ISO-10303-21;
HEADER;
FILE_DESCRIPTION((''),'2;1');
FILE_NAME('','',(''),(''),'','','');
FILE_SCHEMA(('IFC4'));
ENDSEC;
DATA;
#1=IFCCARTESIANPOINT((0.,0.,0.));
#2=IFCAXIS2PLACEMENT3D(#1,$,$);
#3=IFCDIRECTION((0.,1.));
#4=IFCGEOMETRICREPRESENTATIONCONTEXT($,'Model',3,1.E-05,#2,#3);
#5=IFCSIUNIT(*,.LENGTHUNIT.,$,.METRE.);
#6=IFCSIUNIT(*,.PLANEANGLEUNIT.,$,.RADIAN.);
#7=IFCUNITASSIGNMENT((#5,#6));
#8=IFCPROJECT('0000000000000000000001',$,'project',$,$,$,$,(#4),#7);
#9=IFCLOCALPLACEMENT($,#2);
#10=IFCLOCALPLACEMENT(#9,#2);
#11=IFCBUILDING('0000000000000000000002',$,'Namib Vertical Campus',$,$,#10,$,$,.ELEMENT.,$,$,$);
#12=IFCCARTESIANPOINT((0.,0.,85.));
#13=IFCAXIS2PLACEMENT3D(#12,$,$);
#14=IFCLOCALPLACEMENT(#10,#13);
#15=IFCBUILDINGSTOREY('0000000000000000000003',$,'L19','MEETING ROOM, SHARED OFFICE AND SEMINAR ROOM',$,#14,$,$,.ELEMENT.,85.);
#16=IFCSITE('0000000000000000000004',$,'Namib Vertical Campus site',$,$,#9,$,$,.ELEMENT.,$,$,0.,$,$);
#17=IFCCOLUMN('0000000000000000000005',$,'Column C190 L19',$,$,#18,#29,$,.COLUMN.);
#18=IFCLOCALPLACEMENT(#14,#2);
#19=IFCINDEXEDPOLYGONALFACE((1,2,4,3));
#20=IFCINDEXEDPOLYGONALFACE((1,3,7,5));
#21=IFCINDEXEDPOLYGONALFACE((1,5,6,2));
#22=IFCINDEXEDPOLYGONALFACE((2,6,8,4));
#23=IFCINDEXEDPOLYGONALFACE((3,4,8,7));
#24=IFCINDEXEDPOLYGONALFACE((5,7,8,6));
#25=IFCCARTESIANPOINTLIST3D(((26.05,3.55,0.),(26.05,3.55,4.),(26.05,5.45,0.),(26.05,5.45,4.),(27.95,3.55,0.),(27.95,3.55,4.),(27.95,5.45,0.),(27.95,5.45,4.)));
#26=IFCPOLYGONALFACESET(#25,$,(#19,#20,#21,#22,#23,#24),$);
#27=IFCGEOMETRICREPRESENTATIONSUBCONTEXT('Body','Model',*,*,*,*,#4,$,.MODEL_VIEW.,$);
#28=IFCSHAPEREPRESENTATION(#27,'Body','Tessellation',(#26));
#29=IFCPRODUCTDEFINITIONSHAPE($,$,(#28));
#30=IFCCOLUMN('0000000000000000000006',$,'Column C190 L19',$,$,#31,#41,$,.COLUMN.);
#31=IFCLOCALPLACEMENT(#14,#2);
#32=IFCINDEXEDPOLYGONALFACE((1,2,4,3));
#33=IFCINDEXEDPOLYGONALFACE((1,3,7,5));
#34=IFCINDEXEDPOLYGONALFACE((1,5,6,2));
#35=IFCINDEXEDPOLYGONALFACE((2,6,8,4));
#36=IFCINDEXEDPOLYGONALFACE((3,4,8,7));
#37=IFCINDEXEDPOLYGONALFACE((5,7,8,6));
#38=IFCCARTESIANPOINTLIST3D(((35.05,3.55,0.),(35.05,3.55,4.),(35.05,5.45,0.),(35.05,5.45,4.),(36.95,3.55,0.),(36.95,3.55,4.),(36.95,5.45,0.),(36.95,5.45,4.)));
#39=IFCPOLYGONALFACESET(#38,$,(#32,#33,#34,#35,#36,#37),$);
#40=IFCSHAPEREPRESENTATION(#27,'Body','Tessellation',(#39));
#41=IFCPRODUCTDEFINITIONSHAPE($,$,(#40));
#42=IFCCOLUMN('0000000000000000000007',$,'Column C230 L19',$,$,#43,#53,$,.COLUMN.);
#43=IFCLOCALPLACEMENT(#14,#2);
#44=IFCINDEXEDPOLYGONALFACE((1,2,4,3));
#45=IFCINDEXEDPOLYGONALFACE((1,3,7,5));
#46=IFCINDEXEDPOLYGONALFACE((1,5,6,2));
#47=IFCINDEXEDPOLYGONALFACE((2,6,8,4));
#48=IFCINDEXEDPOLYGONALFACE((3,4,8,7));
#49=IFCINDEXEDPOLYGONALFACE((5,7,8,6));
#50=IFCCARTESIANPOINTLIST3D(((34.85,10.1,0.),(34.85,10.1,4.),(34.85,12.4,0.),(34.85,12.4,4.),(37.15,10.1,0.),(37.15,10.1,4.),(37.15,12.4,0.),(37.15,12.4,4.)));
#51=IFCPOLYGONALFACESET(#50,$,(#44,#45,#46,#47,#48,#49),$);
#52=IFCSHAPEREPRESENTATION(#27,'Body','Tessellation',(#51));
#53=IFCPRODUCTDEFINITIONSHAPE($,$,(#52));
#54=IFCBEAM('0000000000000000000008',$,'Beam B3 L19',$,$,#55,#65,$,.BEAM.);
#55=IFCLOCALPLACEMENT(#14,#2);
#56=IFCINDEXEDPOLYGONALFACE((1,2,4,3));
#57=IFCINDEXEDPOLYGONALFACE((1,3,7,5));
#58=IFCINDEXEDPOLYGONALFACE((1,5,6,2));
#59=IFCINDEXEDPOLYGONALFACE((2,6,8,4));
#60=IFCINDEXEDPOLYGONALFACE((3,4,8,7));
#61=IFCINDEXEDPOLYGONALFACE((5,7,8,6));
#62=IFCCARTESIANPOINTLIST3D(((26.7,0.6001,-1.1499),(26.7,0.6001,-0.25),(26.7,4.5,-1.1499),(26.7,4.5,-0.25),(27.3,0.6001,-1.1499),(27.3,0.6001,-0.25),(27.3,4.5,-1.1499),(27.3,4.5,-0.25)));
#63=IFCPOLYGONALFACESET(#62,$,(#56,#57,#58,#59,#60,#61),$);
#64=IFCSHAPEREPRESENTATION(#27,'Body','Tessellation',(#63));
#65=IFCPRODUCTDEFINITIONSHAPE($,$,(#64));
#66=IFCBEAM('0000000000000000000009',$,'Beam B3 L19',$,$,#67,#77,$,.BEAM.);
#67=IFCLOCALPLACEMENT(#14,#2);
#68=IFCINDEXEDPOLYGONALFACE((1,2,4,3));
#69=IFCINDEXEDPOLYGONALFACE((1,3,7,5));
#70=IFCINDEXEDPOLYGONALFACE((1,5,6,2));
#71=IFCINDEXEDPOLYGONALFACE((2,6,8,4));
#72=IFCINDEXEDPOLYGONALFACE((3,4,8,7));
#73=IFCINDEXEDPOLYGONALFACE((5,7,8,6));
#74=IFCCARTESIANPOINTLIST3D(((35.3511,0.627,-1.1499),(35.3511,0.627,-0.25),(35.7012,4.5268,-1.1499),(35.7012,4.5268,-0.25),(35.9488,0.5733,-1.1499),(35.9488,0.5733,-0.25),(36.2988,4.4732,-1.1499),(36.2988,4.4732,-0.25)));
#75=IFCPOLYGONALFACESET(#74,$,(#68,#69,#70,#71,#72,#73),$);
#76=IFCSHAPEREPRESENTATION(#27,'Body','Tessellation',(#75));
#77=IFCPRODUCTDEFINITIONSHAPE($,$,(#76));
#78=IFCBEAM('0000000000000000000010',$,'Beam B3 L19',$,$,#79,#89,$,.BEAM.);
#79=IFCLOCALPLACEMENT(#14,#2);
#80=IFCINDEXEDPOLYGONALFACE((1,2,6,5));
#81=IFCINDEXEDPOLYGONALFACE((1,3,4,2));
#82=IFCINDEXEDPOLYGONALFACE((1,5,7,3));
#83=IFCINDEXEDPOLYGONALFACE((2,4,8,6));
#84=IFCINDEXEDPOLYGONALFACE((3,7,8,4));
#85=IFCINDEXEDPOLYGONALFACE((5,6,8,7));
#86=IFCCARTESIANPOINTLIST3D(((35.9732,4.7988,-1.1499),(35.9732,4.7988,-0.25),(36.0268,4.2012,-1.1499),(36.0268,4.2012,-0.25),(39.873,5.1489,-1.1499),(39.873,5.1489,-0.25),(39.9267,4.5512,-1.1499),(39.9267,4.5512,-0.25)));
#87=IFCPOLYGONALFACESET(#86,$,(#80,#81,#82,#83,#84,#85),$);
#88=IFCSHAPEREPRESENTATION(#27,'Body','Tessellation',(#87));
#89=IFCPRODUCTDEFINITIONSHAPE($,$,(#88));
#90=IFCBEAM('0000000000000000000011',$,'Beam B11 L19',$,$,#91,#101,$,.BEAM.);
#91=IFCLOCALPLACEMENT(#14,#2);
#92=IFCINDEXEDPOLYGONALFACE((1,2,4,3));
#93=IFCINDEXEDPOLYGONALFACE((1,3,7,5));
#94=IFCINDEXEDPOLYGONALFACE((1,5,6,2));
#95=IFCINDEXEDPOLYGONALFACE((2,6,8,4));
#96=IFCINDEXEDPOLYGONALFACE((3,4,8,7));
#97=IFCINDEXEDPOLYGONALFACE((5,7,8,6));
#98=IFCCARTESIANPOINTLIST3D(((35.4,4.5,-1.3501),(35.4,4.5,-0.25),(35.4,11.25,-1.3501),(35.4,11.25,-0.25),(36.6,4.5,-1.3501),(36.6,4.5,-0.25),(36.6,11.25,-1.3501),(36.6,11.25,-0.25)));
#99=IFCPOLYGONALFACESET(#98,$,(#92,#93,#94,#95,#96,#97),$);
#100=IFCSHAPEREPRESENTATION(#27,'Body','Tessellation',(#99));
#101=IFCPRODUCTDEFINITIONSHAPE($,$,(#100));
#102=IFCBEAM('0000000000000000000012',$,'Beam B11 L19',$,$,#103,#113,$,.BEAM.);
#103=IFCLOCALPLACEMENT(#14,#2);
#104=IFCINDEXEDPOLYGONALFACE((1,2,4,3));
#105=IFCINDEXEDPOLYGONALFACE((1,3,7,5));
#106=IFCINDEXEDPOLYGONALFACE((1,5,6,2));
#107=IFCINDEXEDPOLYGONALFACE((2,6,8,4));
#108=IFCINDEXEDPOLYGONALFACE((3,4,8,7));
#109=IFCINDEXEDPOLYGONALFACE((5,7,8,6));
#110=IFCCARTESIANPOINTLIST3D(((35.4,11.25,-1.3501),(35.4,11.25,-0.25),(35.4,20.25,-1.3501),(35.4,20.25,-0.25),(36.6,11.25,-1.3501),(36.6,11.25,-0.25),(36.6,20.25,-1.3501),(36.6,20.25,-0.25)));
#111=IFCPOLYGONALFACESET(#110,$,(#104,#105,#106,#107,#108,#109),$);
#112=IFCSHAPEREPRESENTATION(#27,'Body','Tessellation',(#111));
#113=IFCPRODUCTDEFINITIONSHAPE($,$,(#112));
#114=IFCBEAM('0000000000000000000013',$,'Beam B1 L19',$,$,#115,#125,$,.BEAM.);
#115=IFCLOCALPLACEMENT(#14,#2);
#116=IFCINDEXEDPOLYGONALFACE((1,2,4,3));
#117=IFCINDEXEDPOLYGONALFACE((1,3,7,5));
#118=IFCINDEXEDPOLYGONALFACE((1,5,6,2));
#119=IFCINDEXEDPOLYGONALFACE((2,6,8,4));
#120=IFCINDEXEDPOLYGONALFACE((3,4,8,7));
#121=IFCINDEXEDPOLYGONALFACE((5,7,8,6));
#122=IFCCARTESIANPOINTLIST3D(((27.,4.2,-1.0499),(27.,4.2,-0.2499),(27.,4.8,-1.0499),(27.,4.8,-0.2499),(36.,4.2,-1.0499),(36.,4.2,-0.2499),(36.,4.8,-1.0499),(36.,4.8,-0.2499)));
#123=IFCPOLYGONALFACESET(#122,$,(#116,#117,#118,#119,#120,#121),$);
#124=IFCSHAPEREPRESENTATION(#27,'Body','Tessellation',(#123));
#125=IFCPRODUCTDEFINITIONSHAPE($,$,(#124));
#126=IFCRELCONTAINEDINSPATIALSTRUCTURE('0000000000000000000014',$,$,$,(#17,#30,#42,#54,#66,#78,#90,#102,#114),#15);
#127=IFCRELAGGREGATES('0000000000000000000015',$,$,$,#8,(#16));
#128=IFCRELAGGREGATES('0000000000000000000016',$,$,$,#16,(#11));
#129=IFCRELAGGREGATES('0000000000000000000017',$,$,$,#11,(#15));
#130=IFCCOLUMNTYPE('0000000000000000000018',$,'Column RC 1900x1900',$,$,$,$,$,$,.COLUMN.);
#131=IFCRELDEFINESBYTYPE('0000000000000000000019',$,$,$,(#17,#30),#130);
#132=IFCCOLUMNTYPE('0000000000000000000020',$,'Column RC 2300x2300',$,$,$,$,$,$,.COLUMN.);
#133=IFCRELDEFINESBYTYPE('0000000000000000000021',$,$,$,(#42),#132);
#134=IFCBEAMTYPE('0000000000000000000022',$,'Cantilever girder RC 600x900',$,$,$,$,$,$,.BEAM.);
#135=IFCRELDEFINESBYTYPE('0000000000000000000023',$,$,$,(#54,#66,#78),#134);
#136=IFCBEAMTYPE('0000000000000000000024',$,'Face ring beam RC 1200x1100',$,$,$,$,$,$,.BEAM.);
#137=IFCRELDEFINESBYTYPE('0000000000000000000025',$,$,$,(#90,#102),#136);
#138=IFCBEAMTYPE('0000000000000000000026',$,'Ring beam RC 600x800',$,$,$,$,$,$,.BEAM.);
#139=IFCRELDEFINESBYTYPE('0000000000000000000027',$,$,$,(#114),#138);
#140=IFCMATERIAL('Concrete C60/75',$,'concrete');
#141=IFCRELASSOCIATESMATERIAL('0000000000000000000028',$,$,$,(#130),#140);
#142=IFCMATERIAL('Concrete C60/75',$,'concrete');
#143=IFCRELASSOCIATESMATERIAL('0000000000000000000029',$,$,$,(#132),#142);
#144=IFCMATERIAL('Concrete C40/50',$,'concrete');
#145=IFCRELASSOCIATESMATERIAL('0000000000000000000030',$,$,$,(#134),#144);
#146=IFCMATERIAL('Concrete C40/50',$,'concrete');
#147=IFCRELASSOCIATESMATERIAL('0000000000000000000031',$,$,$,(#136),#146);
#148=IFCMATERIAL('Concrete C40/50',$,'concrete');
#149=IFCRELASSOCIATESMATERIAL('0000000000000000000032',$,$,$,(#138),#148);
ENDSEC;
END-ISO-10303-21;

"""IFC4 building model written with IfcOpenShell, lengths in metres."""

from ifc_helpers import new_model, si_unit, direction, frame, origin, origin_2d, place, context, subcontext, project, spatial, rectangle, extrude, material, material_profile, profile_set, type_object, element, save


model = new_model("IFC4")

# Units and contexts
model_context = context("Model", 3, precision=1e-05, world=origin(), true_north=direction((0.0, 1.0)))
body_context = subcontext(model_context, "Body", "Model", "MODEL_VIEW")
ifc_project = project(units=[si_unit("LENGTHUNIT", "METRE"), si_unit("PLANEANGLEUNIT", "RADIAN")], contexts=[model_context])

# Site, building, storey
site_placement = place(None, origin())
site = spatial("IfcSite", under=ifc_project, at=site_placement, Name="Namib Vertical Campus site", CompositionType="ELEMENT", RefElevation=0.0)
building_placement = place(site_placement, origin())
building = spatial("IfcBuilding", under=site, at=building_placement, Name="Namib Vertical Campus", CompositionType="ELEMENT")
storey_placement = place(building_placement, frame((0.0, 0.0, 85.0)))
storey = spatial("IfcBuildingStorey", under=building, at=storey_placement, Name="L19", Description="MEETING ROOM, SHARED OFFICE AND SEMINAR ROOM", CompositionType="ELEMENT", Elevation=85.0)

# Columns
ifc_material_1 = material(Name="Concrete C60/75", Category="concrete")
ifc_material_profile_1 = material_profile(ifc_material_1, rectangle(XDim=1.8999, YDim=1.8999, at=origin_2d()))
ifc_profile_set_1 = profile_set([ifc_material_profile_1], Name="Concrete C60/75")
column_type_1 = type_object("IfcColumnType", Name="Column RC 1900x1900", PredefinedType="COLUMN", material=ifc_profile_set_1)
for number, where, z_axis, x_axis, name in (
    (1, (27.0, 4.5, 0.0), (0.0, 0.0, 1.0), (1.0, 0.0, 0.0), "Column C190 L19"),
    (2, (36.0, 4.5, 0.0), (0.0, 0.0, 1.0), (1.0, 0.0, 0.0), "Column C190 L19"),
):
    element("IfcColumn", number, at=place(storey_placement, frame(where, z_axis=z_axis, x_axis=x_axis)), inside=storey, type_object=column_type_1, Name=name, PredefinedType="COLUMN", context=body_context, shape_type="SweptSolid", body=[
        extrude(rectangle(XDim=1.8999, YDim=1.8999, at=origin_2d()), origin(), (0.0, 0.0, 1.0), 4.0),
    ])
ifc_material_2 = material(Name="Concrete C60/75", Category="concrete")
ifc_material_profile_2 = material_profile(ifc_material_2, rectangle(XDim=2.3, YDim=2.3, at=origin_2d()))
ifc_profile_set_2 = profile_set([ifc_material_profile_2], Name="Concrete C60/75")
column_type_2 = type_object("IfcColumnType", Name="Column RC 2300x2300", PredefinedType="COLUMN", material=ifc_profile_set_2)
column_placement = place(storey_placement, frame((36.0, 11.25, 0.0), z_axis=(0.0, 0.0, 1.0), x_axis=(1.0, 0.0, 0.0)))
element("IfcColumn", 3, at=column_placement, inside=storey, type_object=column_type_2, Name="Column C230 L19", PredefinedType="COLUMN", context=body_context, shape_type="SweptSolid", body=[
    extrude(rectangle(XDim=2.3, YDim=2.3, at=origin_2d()), origin(), (0.0, 0.0, 1.0), 4.0),
])

# Beams
ifc_material_3 = material(Name="Concrete C40/50", Category="concrete")
ifc_material_profile_3 = material_profile(ifc_material_3, rectangle(XDim=0.6001, YDim=0.8999, at=origin_2d()))
ifc_profile_set_3 = profile_set([ifc_material_profile_3], Name="Concrete C40/50")
beam_type_1 = type_object("IfcBeamType", Name="Cantilever girder RC 600x900", PredefinedType="BEAM", material=ifc_profile_set_3)
beam_1_placement = place(storey_placement, frame((27.0, 4.5, -0.7), z_axis=(0.0, -1.0, 0.0), x_axis=(1.0, 0.0, 0.0)))
element("IfcBeam", 4, at=beam_1_placement, inside=storey, type_object=beam_type_1, Name="Beam B3 L19", PredefinedType="BEAM", context=body_context, shape_type="SweptSolid", body=[
    extrude(rectangle(XDim=0.6001, YDim=0.8999, at=origin_2d()), origin(), (0.0, 0.0, 1.0), 3.8999),
])
for number, where, z_axis, x_axis, name in (
    (5, (36.0, 4.5, -0.7), (-0.089411, -0.995995, 0.0), (0.995995, -0.089411, 0.0), "Beam B3 L19"),
    (6, (36.0, 4.5, -0.7), (0.995995, 0.089411, 0.0), (-0.089411, 0.995995, 0.0), "Beam B3 L19"),
):
    element("IfcBeam", number, at=place(storey_placement, frame(where, z_axis=z_axis, x_axis=x_axis)), inside=storey, type_object=beam_type_1, Name=name, PredefinedType="BEAM", context=body_context, shape_type="SweptSolid", body=[
        extrude(rectangle(XDim=0.6001, YDim=0.8999, at=origin_2d()), origin(), (0.0, 0.0, 1.0), 3.9155),
    ])
ifc_material_4 = material(Name="Concrete C40/50", Category="concrete")
ifc_material_profile_4 = material_profile(ifc_material_4, rectangle(XDim=1.2, YDim=1.1001, at=origin_2d()))
ifc_profile_set_4 = profile_set([ifc_material_profile_4], Name="Concrete C40/50")
beam_type_2 = type_object("IfcBeamType", Name="Face ring beam RC 1200x1100", PredefinedType="BEAM", material=ifc_profile_set_4)
beam_2_placement = place(storey_placement, frame((36.0, 4.5, -0.8), z_axis=(0.0, 1.0, 0.0), x_axis=(-1.0, 0.0, 0.0)))
element("IfcBeam", 7, at=beam_2_placement, inside=storey, type_object=beam_type_2, Name="Beam B11 L19", PredefinedType="BEAM", context=body_context, shape_type="SweptSolid", body=[
    extrude(rectangle(XDim=1.2, YDim=1.1001, at=origin_2d()), origin(), (0.0, 0.0, 1.0), 6.75),
])
beam_3_placement = place(storey_placement, frame((36.0, 11.25, -0.8), z_axis=(0.0, 1.0, 0.0), x_axis=(-1.0, 0.0, 0.0)))
element("IfcBeam", 8, at=beam_3_placement, inside=storey, type_object=beam_type_2, Name="Beam B11 L19", PredefinedType="BEAM", context=body_context, shape_type="SweptSolid", body=[
    extrude(rectangle(XDim=1.2, YDim=1.1001, at=origin_2d()), origin(), (0.0, 0.0, 1.0), 9.0),
])
ifc_material_5 = material(Name="Concrete C40/50", Category="concrete")
ifc_material_profile_5 = material_profile(ifc_material_5, rectangle(XDim=0.6001, YDim=0.8, at=origin_2d()))
ifc_profile_set_5 = profile_set([ifc_material_profile_5], Name="Concrete C40/50")
beam_type_3 = type_object("IfcBeamType", Name="Ring beam RC 600x800", PredefinedType="BEAM", material=ifc_profile_set_5)
beam_4_placement = place(storey_placement, frame((27.0, 4.5, -0.6499), z_axis=(1.0, 0.0, 0.0), x_axis=(0.0, 1.0, 0.0)))
element("IfcBeam", 9, at=beam_4_placement, inside=storey, type_object=beam_type_3, Name="Beam B1 L19", PredefinedType="BEAM", context=body_context, shape_type="SweptSolid", body=[
    extrude(rectangle(XDim=0.6001, YDim=0.8, at=origin_2d()), origin(), (0.0, 0.0, 1.0), 9.0),
])

save(model, "model.ifc")
